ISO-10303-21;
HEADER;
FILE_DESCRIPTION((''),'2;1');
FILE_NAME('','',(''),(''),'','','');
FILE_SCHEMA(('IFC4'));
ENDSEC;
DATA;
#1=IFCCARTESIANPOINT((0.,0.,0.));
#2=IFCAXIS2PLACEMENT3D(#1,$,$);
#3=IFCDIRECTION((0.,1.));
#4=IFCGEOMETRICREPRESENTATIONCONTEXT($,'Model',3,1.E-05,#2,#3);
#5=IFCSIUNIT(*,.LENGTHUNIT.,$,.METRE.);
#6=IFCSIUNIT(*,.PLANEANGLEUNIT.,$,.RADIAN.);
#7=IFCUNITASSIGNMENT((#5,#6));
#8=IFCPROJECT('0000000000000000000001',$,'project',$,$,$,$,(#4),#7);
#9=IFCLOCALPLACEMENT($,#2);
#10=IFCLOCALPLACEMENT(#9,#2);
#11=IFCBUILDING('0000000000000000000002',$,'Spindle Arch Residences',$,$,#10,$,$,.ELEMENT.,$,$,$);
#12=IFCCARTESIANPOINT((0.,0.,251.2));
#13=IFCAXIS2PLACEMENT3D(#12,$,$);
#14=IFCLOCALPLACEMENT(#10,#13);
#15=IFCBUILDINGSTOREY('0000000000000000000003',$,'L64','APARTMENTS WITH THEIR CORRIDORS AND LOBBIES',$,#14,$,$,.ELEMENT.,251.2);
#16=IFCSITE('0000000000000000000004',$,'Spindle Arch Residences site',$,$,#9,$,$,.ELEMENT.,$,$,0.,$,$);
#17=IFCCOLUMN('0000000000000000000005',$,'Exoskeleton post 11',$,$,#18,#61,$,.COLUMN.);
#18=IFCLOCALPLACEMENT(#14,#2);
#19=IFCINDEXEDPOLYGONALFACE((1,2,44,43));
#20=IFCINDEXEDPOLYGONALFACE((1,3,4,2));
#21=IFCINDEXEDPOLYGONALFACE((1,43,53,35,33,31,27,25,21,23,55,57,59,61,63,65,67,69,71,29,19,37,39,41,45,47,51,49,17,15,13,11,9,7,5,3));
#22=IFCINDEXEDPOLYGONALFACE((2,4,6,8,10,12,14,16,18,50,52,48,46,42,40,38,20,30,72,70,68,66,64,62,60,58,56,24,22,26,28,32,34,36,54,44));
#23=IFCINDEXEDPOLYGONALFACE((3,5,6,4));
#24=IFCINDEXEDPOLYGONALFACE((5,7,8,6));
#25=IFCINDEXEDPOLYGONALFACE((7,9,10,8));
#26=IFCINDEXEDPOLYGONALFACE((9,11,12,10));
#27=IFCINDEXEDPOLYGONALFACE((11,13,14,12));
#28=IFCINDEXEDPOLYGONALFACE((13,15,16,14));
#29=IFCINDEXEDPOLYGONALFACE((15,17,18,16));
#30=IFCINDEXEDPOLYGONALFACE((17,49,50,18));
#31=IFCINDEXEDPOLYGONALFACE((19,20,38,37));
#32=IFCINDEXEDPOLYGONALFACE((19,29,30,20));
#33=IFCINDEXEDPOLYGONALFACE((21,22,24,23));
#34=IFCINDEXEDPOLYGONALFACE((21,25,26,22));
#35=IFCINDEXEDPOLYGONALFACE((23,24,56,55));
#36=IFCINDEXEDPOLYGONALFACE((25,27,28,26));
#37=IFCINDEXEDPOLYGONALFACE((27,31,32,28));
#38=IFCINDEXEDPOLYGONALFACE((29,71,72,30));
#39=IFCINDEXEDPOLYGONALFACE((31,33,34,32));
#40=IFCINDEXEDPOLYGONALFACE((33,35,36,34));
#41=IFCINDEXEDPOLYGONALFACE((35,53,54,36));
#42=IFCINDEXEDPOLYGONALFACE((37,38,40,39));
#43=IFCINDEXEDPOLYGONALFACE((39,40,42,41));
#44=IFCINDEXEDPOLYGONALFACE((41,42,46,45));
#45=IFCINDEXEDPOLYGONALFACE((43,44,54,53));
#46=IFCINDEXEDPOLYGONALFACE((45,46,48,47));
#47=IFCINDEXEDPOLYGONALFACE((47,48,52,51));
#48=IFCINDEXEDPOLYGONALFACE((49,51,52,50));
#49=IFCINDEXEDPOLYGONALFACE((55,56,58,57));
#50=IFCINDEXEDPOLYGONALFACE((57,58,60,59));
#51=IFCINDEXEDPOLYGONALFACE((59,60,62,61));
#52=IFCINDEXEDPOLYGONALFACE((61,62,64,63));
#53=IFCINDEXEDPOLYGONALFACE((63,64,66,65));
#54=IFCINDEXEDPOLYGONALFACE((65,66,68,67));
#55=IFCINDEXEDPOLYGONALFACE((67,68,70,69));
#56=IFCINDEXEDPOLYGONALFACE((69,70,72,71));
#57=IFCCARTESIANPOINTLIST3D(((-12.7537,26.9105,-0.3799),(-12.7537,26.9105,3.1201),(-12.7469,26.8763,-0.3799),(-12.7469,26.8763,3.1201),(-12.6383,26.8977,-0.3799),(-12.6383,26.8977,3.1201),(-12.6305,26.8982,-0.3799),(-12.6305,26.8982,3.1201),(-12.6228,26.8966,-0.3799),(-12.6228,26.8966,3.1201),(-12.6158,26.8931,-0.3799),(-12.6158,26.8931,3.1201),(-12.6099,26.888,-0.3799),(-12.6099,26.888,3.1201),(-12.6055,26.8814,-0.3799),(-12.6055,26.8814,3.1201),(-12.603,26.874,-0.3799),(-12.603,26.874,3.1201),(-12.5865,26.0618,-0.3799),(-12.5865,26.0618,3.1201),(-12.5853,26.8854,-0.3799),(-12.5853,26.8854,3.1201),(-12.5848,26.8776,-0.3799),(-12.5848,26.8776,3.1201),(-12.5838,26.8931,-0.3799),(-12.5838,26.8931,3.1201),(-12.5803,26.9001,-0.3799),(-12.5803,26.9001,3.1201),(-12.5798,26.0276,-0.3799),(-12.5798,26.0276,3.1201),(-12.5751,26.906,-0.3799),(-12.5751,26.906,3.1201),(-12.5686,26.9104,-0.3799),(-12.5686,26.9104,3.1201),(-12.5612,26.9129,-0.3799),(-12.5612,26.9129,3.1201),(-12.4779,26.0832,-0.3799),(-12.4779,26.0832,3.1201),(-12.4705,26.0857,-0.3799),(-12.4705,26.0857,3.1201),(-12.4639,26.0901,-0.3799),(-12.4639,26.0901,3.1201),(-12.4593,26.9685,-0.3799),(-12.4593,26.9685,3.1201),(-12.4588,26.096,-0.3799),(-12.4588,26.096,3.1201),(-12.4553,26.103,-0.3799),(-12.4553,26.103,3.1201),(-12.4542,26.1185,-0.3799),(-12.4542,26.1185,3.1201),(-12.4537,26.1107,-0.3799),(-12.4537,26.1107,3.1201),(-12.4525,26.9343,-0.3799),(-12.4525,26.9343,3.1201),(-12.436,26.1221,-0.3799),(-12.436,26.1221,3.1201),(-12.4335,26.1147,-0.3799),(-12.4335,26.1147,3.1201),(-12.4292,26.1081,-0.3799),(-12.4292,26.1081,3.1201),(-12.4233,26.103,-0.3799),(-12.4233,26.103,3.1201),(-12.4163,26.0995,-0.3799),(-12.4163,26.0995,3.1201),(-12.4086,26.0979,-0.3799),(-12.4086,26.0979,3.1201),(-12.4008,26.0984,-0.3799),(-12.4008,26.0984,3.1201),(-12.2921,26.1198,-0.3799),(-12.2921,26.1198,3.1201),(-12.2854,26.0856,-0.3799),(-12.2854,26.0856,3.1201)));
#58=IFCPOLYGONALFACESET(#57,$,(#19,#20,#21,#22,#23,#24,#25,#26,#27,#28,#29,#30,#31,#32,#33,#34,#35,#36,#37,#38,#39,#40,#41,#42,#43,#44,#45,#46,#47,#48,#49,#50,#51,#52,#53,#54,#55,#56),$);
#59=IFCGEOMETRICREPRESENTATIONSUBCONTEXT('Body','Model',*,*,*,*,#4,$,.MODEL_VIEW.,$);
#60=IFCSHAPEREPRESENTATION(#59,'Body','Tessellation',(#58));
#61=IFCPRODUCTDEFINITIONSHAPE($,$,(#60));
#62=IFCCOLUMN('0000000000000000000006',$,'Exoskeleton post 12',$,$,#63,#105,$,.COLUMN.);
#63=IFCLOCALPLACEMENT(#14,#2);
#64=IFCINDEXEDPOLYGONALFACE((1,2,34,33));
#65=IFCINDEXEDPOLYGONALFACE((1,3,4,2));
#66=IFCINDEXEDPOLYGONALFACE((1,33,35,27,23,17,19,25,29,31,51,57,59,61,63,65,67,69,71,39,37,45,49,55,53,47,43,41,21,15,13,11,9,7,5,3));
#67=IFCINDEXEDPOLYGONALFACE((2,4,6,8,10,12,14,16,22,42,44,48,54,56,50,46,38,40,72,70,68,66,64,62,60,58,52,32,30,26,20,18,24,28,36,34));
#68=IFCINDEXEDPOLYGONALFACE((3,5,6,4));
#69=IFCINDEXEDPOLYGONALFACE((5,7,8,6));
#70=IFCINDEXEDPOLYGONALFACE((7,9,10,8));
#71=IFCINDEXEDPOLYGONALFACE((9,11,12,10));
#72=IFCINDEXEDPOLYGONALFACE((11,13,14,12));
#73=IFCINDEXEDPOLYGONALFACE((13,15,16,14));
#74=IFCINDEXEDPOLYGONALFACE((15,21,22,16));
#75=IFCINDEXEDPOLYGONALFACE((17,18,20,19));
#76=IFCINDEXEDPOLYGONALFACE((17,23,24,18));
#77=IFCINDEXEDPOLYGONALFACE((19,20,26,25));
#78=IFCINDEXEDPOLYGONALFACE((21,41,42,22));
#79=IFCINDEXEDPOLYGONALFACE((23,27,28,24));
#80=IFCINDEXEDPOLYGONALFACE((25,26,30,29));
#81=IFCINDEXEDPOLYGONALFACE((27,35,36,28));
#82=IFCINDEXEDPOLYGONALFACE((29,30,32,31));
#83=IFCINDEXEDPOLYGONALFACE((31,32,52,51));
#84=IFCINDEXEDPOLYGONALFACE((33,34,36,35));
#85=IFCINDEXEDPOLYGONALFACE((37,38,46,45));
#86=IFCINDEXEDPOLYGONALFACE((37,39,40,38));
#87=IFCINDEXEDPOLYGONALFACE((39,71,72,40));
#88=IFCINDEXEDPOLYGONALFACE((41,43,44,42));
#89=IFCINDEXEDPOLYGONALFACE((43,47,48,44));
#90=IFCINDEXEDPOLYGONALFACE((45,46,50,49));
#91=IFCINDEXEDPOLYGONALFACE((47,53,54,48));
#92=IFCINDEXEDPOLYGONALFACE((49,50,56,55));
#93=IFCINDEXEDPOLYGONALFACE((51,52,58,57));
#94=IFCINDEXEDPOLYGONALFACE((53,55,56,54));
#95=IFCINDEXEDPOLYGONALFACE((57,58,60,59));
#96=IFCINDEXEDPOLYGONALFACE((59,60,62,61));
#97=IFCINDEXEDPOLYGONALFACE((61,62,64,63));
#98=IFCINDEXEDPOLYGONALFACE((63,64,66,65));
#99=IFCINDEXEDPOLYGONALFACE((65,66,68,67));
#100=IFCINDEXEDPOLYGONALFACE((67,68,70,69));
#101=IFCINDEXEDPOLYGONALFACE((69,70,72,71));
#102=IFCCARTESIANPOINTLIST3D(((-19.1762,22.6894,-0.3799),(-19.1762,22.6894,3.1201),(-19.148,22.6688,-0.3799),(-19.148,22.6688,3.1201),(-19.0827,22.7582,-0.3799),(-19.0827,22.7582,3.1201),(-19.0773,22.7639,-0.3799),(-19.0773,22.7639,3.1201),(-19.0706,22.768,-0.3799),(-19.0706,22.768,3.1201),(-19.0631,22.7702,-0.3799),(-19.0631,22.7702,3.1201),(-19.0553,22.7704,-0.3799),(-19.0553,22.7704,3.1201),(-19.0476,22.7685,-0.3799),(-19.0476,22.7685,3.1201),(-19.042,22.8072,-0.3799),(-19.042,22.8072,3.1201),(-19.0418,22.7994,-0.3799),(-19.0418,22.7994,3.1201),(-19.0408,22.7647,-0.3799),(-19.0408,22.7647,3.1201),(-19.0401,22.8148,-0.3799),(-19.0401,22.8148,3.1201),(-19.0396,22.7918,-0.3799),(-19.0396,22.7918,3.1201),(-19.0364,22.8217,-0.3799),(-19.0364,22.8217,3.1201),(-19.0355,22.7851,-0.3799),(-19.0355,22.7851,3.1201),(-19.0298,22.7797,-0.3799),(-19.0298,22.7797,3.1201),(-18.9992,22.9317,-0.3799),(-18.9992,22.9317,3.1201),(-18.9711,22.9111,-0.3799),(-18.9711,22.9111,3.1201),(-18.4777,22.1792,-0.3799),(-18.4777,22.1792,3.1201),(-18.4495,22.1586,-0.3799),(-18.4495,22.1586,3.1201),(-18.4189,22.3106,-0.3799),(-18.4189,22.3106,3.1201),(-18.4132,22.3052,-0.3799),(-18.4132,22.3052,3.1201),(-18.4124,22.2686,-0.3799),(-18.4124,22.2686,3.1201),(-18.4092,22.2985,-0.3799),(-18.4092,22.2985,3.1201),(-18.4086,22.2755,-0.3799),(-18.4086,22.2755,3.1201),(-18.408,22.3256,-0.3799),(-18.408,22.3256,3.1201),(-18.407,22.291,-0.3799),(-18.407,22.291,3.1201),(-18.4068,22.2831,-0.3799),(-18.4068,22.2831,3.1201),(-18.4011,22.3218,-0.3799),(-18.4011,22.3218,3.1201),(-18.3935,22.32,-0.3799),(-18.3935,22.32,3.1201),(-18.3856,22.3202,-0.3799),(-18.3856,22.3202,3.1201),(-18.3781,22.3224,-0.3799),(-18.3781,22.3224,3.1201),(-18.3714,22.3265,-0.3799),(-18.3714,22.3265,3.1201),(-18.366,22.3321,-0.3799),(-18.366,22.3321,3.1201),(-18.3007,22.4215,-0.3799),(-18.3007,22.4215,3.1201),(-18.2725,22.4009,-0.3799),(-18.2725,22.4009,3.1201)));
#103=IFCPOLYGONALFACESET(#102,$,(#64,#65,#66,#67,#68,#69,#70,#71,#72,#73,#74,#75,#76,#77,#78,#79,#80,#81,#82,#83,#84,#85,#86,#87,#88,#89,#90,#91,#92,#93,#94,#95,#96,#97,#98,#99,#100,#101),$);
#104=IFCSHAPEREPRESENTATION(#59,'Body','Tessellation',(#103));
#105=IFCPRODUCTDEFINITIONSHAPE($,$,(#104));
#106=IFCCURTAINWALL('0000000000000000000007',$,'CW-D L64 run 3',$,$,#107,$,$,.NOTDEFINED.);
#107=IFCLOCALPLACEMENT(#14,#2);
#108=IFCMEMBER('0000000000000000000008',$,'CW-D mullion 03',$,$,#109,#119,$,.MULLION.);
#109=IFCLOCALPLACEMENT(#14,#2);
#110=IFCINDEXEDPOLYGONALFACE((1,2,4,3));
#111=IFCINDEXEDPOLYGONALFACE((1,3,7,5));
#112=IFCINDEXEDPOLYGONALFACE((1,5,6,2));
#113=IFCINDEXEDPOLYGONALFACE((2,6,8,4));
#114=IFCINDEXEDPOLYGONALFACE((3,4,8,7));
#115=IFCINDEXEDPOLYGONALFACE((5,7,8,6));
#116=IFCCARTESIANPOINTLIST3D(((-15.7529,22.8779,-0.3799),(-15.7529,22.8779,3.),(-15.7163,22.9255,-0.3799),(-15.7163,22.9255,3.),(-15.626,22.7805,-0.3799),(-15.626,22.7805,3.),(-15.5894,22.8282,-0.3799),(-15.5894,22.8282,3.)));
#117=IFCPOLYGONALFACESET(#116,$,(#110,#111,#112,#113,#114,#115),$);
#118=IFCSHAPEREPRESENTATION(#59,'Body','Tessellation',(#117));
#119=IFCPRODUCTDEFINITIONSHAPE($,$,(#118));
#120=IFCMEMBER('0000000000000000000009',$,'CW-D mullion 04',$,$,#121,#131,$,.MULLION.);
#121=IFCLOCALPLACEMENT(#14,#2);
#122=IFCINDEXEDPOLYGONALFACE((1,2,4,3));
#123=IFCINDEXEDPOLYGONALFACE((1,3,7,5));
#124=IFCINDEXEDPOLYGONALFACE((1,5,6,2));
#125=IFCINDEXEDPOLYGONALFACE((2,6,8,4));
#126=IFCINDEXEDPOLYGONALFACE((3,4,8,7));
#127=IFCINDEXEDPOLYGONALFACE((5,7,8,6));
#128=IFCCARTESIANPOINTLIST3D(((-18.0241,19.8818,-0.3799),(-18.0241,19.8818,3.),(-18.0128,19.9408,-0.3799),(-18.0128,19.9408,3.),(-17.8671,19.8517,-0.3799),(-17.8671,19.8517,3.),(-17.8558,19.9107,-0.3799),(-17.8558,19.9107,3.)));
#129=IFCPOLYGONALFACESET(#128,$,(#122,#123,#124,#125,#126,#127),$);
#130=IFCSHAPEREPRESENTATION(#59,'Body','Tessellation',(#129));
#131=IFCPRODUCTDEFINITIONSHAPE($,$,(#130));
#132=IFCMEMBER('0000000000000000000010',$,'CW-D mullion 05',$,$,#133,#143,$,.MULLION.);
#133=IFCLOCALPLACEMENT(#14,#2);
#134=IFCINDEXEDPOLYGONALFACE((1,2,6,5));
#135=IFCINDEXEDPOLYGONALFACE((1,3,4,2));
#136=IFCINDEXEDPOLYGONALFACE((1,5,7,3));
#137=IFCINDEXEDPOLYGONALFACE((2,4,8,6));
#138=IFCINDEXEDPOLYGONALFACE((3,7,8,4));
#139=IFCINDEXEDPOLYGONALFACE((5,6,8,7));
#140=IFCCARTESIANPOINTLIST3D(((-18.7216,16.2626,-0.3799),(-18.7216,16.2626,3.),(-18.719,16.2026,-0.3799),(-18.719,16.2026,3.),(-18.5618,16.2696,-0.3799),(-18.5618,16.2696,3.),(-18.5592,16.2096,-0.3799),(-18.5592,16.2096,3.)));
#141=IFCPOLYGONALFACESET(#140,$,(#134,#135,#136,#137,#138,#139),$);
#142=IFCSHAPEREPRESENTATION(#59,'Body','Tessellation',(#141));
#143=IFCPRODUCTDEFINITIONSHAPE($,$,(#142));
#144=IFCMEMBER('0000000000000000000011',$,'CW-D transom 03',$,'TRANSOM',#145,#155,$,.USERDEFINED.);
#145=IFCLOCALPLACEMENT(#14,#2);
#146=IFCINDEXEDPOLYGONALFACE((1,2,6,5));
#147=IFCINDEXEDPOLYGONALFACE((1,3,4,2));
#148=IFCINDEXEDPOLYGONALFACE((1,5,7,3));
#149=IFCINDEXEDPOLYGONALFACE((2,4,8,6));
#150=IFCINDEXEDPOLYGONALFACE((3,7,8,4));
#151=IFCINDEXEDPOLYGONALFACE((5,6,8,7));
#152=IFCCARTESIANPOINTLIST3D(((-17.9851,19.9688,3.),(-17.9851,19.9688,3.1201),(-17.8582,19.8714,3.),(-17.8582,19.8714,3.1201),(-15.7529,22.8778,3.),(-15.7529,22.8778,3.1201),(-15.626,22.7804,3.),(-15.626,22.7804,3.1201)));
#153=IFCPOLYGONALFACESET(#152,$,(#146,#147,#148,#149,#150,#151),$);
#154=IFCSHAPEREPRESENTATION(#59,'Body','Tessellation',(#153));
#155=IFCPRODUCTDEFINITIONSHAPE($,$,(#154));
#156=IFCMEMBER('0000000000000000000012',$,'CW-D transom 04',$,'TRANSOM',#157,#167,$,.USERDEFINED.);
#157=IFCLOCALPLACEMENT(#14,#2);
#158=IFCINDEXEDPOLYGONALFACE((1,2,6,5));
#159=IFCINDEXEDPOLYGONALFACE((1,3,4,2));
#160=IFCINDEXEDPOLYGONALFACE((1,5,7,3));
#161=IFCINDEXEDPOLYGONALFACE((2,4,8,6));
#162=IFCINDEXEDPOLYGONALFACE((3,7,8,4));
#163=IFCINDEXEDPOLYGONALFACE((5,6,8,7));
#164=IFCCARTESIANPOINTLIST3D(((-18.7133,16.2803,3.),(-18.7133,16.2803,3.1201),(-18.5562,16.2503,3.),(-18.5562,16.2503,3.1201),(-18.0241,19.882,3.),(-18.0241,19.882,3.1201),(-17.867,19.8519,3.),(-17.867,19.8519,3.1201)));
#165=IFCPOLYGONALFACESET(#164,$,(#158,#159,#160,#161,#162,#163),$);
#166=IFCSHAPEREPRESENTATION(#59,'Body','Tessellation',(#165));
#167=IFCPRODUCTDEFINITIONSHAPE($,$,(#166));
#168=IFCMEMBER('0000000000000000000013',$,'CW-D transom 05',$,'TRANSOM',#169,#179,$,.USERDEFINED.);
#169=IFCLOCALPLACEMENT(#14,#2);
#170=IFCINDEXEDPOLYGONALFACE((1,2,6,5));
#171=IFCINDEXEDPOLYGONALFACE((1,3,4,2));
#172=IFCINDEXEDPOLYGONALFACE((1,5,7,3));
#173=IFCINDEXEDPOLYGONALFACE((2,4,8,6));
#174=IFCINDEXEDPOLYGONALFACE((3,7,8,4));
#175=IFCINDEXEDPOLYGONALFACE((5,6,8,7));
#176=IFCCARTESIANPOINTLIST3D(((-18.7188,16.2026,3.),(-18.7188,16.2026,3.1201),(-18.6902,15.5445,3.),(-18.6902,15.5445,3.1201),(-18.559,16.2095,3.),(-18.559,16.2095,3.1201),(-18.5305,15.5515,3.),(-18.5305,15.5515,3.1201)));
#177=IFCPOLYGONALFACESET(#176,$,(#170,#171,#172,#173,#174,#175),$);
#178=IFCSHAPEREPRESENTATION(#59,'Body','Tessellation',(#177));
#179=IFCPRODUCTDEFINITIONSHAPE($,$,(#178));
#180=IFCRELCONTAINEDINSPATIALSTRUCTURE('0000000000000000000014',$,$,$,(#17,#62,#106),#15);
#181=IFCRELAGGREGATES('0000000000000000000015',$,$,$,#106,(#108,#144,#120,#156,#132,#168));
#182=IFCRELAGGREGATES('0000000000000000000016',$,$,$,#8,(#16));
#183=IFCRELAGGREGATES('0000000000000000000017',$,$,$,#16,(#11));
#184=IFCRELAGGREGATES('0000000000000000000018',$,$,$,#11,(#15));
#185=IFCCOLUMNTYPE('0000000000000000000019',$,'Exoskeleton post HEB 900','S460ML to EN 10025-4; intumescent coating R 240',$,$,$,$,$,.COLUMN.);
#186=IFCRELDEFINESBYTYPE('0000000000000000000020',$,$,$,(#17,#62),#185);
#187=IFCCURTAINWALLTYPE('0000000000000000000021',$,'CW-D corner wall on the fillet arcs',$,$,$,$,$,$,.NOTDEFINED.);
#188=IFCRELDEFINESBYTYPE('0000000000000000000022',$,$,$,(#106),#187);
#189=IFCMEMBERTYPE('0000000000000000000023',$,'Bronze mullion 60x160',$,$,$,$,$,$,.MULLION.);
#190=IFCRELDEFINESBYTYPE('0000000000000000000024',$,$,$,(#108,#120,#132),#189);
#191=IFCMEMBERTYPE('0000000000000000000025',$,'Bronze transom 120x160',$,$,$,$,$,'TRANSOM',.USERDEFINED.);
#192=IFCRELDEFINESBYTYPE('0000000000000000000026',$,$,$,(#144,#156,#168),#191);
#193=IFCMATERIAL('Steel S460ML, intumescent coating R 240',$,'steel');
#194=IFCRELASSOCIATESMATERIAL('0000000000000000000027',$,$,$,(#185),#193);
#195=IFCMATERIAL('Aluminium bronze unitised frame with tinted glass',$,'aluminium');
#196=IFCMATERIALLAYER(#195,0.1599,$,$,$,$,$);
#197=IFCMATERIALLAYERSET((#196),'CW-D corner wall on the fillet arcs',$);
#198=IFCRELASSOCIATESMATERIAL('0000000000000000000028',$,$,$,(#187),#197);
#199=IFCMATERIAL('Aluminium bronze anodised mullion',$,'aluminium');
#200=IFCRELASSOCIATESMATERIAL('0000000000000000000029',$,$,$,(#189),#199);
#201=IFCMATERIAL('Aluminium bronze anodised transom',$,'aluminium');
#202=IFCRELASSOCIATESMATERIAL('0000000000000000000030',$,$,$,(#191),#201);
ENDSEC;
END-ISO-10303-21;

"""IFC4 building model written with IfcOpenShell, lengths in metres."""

from ifc_helpers import new_model, si_unit, direction, frame, origin, origin_2d, place, context, subcontext, project, spatial, rectangle, i_section, extrude, material, layer, layer_set, material_profile, profile_set, type_object, element, aggregate, save


model = new_model("IFC4")

# Units and contexts
model_context = context("Model", 3, precision=1e-05, world=origin(), true_north=direction((0.0, 1.0)))
body_context = subcontext(model_context, "Body", "Model", "MODEL_VIEW")
ifc_project = project(units=[si_unit("LENGTHUNIT", "METRE"), si_unit("PLANEANGLEUNIT", "RADIAN")], contexts=[model_context])

# Site, building, storey
site_placement = place(None, origin())
site = spatial("IfcSite", under=ifc_project, at=site_placement, Name="Spindle Arch Residences site", CompositionType="ELEMENT", RefElevation=0.0)
building_placement = place(site_placement, origin())
building = spatial("IfcBuilding", under=site, at=building_placement, Name="Spindle Arch Residences", CompositionType="ELEMENT")
storey_placement = place(building_placement, frame((0.0, 0.0, 251.2)))
storey = spatial("IfcBuildingStorey", under=building, at=storey_placement, Name="L64", Description="APARTMENTS WITH THEIR CORRIDORS AND LOBBIES", CompositionType="ELEMENT", Elevation=251.2)

# Columns
ifc_material_1 = material(Name="Steel S460ML, intumescent coating R 240", Category="steel")
ifc_material_profile_1 = material_profile(ifc_material_1, i_section(OverallWidth=0.3, OverallDepth=0.8999, WebThickness=0.0186, FlangeThickness=0.0349, FilletRadius=0.03, at=origin_2d()), Name="HEB 900")
ifc_profile_set_1 = profile_set([ifc_material_profile_1], Name="Steel S460ML, intumescent coating R 240")
column_type = type_object("IfcColumnType", Name="Exoskeleton post HEB 900", Description="S460ML to EN 10025-4; intumescent coating R 240", PredefinedType="COLUMN", material=ifc_profile_set_1)
for number, where, z_axis, x_axis, name in (
    (1, (-12.5195, 26.498, -0.3799), (0.0, 0.0, 1.0), (0.981153, 0.193233, 0.0), "Exoskeleton post 11"),
    (2, (-18.7244, 22.5452, -0.3799), (0.0, 0.0, 1.0), (0.589781, 0.807563, 0.0), "Exoskeleton post 12"),
):
    element("IfcColumn", number, at=place(storey_placement, frame(where, z_axis=z_axis, x_axis=x_axis)), inside=storey, type_object=column_type, Name=name, PredefinedType="COLUMN", context=body_context, shape_type="SweptSolid", body=[
        extrude(i_section(OverallWidth=0.3, OverallDepth=0.8999, WebThickness=0.0186, FlangeThickness=0.0349, FilletRadius=0.03, at=origin_2d()), origin(), (0.0, 0.0, 1.0), 3.5),
    ])

# Curtain wall, members
ifc_material_2 = material(Name="Aluminium bronze unitised frame with tinted glass", Category="aluminium")
ifc_layer_1 = layer(ifc_material_2, 0.1599)
ifc_layer_set_1 = layer_set([ifc_layer_1], Name="CW-D corner wall on the fillet arcs")
curtain_wall_type = type_object("IfcCurtainWallType", Name="CW-D corner wall on the fillet arcs", PredefinedType="NOTDEFINED", material=ifc_layer_set_1)
curtain_wall_placement = place(storey_placement, origin())
curtain_wall = element("IfcCurtainWall", 3, at=curtain_wall_placement, inside=storey, type_object=curtain_wall_type, Name="CW-D L64 run 3", PredefinedType="NOTDEFINED")
ifc_material_3 = material(Name="Aluminium bronze anodised mullion", Category="aluminium")
ifc_material_profile_2 = material_profile(ifc_material_3, rectangle(XDim=0.1599, YDim=0.0601, at=origin_2d()), Name="MU 60x160")
ifc_profile_set_2 = profile_set([ifc_material_profile_2], Name="Aluminium bronze anodised mullion")
member_type_1 = type_object("IfcMemberType", Name="Bronze mullion 60x160", PredefinedType="MULLION", material=ifc_profile_set_2)
member_1_placement = place(storey_placement, frame((-15.6711, 22.853, -0.3799), z_axis=(0.0, 0.0, 1.0), x_axis=(0.793353, -0.608761, 0.0)))
member_1 = element("IfcMember", 4, at=member_1_placement, type_object=member_type_1, Name="CW-D mullion 03", PredefinedType="MULLION", context=body_context, shape_type="SweptSolid", body=[
    extrude(rectangle(XDim=0.1599, YDim=0.0601, at=origin_2d()), origin(), (0.0, 0.0, 1.0), 3.3799),
])
member_2_placement = place(storey_placement, frame((-17.9399, 19.8962, -0.3799), z_axis=(0.0, 0.0, 1.0), x_axis=(0.982178, -0.187953, 0.0)))
member_2 = element("IfcMember", 5, at=member_2_placement, type_object=member_type_1, Name="CW-D mullion 04", PredefinedType="MULLION", context=body_context, shape_type="SweptSolid", body=[
    extrude(rectangle(XDim=0.1599, YDim=0.0601, at=origin_2d()), origin(), (0.0, 0.0, 1.0), 3.3799),
])
member_3_placement = place(storey_placement, frame((-18.6404, 16.2361, -0.3799), z_axis=(0.0, 0.0, 1.0), x_axis=(0.999048, 0.043619, 0.0)))
member_3 = element("IfcMember", 6, at=member_3_placement, type_object=member_type_1, Name="CW-D mullion 05", PredefinedType="MULLION", context=body_context, shape_type="SweptSolid", body=[
    extrude(rectangle(XDim=0.1599, YDim=0.0601, at=origin_2d()), origin(), (0.0, 0.0, 1.0), 3.3799),
])
ifc_material_4 = material(Name="Aluminium bronze anodised transom", Category="aluminium")
ifc_material_profile_3 = material_profile(ifc_material_4, rectangle(XDim=0.1599, YDim=0.1201, at=origin_2d()), Name="TR 120x160")
ifc_profile_set_3 = profile_set([ifc_material_profile_3], Name="Aluminium bronze anodised transom")
member_type_2 = type_object("IfcMemberType", Name="Bronze transom 120x160", ElementType="TRANSOM", PredefinedType="USERDEFINED", material=ifc_profile_set_3)
member_4_placement = place(storey_placement, frame((-15.6895, 22.8291, 3.0601), z_axis=(-0.608774, -0.793344, 0.0), x_axis=(0.793344, -0.608774, 0.0)))
member_4 = element("IfcMember", 7, at=member_4_placement, type_object=member_type_2, Name="CW-D transom 03", ObjectType="TRANSOM", PredefinedType="USERDEFINED", context=body_context, shape_type="SweptSolid", body=[
    extrude(rectangle(XDim=0.1599, YDim=0.1201, at=origin_2d()), origin(), (0.0, 0.0, 1.0), 3.6667),
])
member_5_placement = place(storey_placement, frame((-17.9456, 19.8669, 3.0601), z_axis=(-0.187953, -0.982178, 0.0), x_axis=(0.982178, -0.187953, 0.0)))
member_5 = element("IfcMember", 8, at=member_5_placement, type_object=member_type_2, Name="CW-D transom 04", ObjectType="TRANSOM", PredefinedType="USERDEFINED", context=body_context, shape_type="SweptSolid", body=[
    extrude(rectangle(XDim=0.1599, YDim=0.1201, at=origin_2d()), origin(), (0.0, 0.0, 1.0), 3.667),
])
member_6_placement = place(storey_placement, frame((-18.6389, 16.2061, 3.0601), z_axis=(0.043373, -0.999059, 0.0), x_axis=(0.999059, 0.043373, 0.0)))
member_6 = element("IfcMember", 9, at=member_6_placement, type_object=member_type_2, Name="CW-D transom 05", ObjectType="TRANSOM", PredefinedType="USERDEFINED", context=body_context, shape_type="SweptSolid", body=[
    extrude(rectangle(XDim=0.1599, YDim=0.1201, at=origin_2d()), origin(), (0.0, 0.0, 1.0), 0.6587),
])

aggregate(curtain_wall, [member_1, member_4, member_2, member_5, member_3, member_6])

save(model, "model.ifc")
